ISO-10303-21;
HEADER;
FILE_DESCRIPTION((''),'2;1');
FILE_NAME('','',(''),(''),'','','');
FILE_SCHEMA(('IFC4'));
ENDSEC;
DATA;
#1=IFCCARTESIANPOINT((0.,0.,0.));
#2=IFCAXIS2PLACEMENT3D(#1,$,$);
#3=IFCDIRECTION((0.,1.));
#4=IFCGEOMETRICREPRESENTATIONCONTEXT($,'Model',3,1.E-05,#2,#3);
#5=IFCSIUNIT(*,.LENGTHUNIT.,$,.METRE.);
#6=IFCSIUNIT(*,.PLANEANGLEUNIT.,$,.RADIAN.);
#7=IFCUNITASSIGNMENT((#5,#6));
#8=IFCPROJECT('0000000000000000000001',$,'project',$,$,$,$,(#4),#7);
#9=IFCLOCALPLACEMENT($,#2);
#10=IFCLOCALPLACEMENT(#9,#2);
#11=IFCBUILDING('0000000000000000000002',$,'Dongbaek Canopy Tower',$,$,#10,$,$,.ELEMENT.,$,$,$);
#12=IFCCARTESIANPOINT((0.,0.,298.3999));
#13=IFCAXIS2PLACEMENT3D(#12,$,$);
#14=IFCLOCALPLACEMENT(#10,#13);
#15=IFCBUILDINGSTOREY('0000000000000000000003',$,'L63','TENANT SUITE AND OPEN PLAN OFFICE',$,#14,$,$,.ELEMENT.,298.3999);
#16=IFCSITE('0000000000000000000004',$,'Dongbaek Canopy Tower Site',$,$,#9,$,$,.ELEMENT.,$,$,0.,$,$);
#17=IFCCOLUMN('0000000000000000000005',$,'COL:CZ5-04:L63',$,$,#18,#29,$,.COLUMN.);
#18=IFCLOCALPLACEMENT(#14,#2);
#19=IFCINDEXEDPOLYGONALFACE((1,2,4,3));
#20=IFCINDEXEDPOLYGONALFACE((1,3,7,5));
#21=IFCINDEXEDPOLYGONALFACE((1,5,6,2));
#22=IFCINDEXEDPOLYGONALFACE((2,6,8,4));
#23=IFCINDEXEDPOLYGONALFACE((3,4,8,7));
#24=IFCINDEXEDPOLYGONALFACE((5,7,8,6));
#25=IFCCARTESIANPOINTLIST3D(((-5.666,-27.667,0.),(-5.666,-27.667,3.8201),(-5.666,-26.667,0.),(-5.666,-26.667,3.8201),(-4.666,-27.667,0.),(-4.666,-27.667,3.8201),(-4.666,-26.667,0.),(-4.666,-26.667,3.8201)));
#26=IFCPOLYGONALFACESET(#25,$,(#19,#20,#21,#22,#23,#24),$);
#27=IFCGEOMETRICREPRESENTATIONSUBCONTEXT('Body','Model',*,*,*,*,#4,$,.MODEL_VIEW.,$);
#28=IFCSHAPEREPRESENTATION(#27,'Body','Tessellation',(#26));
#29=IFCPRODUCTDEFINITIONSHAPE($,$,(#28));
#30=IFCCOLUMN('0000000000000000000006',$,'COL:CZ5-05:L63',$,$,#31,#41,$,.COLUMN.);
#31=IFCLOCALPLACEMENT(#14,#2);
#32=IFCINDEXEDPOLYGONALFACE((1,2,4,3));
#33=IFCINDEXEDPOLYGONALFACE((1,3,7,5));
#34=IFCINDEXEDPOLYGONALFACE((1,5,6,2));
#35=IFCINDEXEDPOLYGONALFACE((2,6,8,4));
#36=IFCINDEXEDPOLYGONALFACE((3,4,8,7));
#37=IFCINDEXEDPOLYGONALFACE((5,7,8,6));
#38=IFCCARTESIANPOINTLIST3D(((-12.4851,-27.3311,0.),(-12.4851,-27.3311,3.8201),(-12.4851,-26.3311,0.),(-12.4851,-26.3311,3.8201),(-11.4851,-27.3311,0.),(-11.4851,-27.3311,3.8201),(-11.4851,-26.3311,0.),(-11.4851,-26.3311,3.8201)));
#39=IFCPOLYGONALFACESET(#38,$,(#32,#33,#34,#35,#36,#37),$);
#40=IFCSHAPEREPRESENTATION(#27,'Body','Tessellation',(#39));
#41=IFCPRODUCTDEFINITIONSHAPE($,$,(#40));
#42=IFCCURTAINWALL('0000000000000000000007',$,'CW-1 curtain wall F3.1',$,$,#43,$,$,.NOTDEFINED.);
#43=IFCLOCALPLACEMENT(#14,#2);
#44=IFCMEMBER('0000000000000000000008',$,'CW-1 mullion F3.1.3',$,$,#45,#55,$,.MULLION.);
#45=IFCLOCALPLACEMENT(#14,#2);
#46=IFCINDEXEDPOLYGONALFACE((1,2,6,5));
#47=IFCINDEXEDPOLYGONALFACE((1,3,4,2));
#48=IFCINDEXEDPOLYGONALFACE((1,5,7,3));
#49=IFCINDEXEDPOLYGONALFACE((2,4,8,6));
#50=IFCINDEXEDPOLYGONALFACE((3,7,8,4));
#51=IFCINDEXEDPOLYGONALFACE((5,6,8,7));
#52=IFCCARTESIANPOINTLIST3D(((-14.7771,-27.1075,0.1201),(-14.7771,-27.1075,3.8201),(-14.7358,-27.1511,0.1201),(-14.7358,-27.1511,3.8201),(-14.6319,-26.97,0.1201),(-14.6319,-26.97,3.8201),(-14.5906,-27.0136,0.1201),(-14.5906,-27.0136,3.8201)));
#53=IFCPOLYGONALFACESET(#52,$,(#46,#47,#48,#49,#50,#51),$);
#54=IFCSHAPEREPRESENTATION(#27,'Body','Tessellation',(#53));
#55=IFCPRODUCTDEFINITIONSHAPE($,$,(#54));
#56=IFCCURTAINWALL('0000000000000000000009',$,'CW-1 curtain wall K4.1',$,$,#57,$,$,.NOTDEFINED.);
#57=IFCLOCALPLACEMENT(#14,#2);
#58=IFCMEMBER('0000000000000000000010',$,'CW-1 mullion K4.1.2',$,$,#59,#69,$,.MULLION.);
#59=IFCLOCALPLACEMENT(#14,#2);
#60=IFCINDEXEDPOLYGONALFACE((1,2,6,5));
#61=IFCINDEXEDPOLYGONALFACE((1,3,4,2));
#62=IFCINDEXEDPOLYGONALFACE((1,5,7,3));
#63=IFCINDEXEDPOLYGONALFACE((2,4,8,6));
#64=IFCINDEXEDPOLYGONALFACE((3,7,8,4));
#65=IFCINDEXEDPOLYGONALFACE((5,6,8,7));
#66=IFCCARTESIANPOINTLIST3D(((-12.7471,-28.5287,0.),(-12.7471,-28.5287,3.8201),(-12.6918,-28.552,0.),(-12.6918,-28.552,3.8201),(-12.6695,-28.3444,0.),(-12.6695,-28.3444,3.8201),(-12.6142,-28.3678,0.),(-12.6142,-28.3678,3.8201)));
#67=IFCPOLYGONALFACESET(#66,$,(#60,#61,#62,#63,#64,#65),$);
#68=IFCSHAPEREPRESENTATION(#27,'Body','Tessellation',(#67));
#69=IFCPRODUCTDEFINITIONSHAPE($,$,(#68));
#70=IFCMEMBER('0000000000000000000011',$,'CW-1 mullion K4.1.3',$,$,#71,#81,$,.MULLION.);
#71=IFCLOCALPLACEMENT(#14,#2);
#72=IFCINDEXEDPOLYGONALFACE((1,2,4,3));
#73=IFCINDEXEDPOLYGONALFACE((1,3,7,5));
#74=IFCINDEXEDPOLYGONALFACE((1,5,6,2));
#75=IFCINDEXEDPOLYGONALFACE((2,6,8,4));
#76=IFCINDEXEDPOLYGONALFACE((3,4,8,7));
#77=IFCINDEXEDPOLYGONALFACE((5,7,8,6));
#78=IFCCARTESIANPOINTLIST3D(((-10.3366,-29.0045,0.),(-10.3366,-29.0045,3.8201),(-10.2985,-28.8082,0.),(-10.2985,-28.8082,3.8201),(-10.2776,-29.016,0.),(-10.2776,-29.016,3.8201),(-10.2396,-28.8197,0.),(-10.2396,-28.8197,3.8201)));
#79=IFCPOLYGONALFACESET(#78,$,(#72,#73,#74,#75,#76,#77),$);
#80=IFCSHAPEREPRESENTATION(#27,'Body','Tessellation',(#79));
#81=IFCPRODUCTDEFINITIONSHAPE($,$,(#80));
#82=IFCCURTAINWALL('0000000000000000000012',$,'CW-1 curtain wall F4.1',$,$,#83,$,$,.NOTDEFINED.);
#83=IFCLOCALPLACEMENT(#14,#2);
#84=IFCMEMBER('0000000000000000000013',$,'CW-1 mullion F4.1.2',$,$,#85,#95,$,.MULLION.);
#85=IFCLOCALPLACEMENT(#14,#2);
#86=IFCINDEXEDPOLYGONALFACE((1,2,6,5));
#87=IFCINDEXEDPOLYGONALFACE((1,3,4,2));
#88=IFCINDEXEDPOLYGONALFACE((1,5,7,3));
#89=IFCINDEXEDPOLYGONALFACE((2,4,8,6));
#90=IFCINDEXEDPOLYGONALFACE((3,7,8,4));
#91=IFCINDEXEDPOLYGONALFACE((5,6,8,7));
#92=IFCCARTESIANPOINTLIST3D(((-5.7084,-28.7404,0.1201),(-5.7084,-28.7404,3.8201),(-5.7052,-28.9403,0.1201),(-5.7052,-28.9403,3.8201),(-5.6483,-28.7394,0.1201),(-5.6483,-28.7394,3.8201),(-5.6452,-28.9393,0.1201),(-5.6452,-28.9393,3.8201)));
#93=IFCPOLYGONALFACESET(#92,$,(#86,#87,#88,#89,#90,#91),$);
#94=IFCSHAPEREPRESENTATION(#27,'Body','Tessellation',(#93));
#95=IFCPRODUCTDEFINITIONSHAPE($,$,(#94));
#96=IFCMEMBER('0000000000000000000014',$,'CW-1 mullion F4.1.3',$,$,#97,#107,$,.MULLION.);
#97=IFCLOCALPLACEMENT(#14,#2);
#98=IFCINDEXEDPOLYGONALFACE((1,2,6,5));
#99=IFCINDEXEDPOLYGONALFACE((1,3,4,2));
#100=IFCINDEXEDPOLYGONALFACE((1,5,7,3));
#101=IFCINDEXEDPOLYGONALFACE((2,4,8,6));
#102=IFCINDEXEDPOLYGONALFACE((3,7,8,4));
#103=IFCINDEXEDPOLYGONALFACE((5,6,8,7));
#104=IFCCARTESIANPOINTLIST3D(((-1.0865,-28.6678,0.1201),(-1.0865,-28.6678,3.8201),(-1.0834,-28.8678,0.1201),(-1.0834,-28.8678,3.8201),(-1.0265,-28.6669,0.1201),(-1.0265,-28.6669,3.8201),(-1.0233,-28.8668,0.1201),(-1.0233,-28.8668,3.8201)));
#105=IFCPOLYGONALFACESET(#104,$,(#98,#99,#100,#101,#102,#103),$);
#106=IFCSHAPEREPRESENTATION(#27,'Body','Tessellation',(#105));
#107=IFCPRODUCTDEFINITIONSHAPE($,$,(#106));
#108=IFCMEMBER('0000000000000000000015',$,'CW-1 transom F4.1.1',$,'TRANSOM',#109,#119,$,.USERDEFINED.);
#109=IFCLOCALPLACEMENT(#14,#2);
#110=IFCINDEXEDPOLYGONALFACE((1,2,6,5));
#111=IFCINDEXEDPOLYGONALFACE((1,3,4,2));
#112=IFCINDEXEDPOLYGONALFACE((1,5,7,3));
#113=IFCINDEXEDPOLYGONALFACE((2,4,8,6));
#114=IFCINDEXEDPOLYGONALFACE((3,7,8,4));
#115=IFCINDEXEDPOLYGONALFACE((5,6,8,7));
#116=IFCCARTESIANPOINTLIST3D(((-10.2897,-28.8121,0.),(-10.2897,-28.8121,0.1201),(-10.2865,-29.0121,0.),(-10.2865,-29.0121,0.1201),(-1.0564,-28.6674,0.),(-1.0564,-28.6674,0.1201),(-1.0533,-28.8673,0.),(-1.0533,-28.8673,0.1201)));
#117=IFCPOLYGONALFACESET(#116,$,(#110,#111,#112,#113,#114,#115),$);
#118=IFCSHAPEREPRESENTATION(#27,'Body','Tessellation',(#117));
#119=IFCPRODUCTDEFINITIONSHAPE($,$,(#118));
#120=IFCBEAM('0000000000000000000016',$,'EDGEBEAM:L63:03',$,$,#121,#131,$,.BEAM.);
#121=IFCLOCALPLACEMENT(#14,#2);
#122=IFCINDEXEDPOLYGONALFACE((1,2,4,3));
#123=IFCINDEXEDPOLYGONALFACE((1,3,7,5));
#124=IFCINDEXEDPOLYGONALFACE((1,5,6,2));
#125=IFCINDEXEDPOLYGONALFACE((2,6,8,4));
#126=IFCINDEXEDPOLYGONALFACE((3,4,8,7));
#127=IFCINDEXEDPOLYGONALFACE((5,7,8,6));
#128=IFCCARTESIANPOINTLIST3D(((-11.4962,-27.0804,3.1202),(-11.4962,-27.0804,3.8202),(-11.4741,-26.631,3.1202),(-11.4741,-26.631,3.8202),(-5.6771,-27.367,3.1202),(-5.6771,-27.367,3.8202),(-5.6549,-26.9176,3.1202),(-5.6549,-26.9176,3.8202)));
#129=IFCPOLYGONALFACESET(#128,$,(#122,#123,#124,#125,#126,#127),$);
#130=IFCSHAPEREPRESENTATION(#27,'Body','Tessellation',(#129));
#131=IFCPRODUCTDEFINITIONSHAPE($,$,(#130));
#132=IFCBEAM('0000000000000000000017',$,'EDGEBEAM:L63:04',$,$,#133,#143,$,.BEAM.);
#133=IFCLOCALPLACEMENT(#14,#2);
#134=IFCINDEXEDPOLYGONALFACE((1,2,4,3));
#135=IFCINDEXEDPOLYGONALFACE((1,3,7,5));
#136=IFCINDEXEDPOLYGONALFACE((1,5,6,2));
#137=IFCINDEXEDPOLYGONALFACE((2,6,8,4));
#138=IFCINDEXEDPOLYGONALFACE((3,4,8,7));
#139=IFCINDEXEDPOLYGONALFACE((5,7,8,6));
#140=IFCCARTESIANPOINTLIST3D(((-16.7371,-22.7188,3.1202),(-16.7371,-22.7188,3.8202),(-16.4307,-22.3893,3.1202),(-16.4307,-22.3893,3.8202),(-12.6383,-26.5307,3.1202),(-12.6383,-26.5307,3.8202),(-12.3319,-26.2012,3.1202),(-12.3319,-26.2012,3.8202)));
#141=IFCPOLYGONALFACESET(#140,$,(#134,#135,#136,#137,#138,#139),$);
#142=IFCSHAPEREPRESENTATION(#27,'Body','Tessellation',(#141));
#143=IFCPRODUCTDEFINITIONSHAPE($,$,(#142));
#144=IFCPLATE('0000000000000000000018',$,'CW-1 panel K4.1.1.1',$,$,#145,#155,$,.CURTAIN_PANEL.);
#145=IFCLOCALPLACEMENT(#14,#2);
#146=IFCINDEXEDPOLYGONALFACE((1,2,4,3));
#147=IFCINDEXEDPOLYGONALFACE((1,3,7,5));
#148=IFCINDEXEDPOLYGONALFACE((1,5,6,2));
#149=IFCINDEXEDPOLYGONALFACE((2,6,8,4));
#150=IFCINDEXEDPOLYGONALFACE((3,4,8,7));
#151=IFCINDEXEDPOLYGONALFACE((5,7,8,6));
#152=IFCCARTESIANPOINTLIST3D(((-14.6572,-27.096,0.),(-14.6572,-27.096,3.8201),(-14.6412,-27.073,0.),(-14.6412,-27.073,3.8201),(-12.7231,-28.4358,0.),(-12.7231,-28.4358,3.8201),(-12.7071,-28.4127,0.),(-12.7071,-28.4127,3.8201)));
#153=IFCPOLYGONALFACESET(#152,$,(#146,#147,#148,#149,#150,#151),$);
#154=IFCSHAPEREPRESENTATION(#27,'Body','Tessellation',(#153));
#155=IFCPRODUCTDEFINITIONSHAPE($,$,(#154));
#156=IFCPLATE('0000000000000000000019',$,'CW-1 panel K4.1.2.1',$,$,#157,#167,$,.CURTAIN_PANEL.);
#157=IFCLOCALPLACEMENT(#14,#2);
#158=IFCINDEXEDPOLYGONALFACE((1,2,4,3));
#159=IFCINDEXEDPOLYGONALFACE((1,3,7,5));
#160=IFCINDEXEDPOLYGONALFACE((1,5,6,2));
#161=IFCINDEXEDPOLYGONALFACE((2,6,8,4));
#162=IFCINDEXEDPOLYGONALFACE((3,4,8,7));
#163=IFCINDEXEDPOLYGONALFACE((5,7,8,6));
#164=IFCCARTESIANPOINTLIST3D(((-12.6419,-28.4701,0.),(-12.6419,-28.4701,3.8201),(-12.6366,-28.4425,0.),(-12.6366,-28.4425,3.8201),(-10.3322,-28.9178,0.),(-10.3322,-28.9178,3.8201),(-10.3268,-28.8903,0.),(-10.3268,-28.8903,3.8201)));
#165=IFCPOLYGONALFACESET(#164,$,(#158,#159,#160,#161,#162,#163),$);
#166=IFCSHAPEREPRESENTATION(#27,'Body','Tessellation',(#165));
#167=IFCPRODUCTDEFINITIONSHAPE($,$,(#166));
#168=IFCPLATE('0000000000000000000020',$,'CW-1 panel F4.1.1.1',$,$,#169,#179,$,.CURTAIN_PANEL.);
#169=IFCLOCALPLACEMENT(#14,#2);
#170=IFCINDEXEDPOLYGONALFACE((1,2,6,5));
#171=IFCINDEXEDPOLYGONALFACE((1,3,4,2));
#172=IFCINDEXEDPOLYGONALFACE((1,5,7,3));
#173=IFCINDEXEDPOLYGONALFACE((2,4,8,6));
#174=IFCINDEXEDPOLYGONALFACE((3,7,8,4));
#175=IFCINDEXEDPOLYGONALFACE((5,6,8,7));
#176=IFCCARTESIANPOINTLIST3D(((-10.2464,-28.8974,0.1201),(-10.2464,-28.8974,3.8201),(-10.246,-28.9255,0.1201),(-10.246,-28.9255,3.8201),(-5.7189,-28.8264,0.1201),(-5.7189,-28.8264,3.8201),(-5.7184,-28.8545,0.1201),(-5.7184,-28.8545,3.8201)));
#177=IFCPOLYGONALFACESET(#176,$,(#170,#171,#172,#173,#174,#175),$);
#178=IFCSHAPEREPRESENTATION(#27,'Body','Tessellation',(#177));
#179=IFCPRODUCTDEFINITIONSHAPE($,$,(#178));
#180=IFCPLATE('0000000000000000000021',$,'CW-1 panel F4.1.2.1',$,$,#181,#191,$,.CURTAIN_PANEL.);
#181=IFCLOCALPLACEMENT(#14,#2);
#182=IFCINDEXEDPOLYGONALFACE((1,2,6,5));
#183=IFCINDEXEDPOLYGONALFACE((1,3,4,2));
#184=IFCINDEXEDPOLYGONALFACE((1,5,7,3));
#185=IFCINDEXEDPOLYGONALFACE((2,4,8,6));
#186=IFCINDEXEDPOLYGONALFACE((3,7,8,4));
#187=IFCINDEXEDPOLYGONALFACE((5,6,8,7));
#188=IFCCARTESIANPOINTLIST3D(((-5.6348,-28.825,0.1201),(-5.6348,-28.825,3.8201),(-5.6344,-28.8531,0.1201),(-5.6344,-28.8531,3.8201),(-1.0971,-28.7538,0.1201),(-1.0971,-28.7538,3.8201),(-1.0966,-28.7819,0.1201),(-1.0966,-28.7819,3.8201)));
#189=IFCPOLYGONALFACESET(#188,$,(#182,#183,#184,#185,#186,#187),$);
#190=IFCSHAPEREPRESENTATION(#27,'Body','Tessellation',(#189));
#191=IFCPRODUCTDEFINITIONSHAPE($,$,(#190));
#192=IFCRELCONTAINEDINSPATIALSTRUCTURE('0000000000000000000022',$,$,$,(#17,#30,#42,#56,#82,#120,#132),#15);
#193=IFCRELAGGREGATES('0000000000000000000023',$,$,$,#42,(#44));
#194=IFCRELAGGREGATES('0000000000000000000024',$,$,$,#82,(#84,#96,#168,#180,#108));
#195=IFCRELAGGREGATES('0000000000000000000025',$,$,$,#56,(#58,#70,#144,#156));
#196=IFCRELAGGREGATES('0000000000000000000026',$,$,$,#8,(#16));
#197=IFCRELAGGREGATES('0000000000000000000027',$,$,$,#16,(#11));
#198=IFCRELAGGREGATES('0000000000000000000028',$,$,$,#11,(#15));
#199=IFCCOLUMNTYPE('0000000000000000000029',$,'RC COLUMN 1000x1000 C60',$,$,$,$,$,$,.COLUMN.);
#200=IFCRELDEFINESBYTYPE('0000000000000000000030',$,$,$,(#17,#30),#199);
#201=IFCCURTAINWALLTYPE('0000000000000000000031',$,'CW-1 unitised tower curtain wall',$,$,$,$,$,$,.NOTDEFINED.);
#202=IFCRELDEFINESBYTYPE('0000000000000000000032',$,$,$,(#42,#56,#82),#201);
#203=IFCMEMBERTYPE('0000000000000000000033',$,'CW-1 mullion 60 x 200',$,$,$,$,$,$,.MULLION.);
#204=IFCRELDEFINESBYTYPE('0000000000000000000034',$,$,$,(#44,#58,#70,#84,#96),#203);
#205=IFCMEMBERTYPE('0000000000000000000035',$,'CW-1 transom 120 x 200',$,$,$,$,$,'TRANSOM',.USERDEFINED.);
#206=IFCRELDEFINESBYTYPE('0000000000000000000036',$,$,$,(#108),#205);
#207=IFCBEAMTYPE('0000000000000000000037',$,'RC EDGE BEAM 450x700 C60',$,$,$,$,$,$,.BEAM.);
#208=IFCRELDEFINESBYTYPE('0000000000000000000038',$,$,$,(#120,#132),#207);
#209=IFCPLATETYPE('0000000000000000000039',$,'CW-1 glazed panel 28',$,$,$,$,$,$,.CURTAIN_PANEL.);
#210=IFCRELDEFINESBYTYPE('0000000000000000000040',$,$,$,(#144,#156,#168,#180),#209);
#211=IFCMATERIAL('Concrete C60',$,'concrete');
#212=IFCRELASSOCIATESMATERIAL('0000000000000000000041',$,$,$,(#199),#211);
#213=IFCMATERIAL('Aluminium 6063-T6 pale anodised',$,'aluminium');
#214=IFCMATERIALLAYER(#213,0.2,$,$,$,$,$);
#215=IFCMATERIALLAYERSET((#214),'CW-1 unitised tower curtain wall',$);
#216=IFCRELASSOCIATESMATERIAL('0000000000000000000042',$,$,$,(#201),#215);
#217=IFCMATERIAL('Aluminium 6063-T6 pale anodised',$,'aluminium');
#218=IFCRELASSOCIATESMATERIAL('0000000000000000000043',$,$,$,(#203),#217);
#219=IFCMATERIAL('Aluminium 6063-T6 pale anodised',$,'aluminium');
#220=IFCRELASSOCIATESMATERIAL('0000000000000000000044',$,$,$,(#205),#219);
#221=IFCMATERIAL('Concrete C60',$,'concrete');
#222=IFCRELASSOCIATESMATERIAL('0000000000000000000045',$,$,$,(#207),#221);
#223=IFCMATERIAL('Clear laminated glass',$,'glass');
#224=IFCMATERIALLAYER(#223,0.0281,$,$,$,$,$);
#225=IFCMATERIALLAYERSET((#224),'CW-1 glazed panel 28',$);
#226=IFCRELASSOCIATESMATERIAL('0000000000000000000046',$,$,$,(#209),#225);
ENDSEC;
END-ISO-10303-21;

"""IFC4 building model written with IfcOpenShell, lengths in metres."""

from ifc_helpers import new_model, si_unit, direction, frame, origin, origin_2d, place, context, subcontext, project, spatial, rectangle, extrude, material, layer, layer_set, material_profile, profile_set, type_object, element, aggregate, save


model = new_model("IFC4")

# Units and contexts
model_context = context("Model", 3, precision=1e-05, world=origin(), true_north=direction((0.0, 1.0)))
body_context = subcontext(model_context, "Body", "Model", "MODEL_VIEW")
ifc_project = project(units=[si_unit("LENGTHUNIT", "METRE"), si_unit("PLANEANGLEUNIT", "RADIAN")], contexts=[model_context])

# Site, building, storey
site_placement = place(None, origin())
site = spatial("IfcSite", under=ifc_project, at=site_placement, Name="Dongbaek Canopy Tower Site", CompositionType="ELEMENT", RefElevation=0.0)
building_placement = place(site_placement, origin())
building = spatial("IfcBuilding", under=site, at=building_placement, Name="Dongbaek Canopy Tower", CompositionType="ELEMENT")
storey_placement = place(building_placement, frame((0.0, 0.0, 298.3999)))
storey = spatial("IfcBuildingStorey", under=building, at=storey_placement, Name="L63", Description="TENANT SUITE AND OPEN PLAN OFFICE", CompositionType="ELEMENT", Elevation=298.3999)

# Columns
ifc_material_1 = material(Name="Concrete C60", Category="concrete")
ifc_material_profile_1 = material_profile(ifc_material_1, rectangle(XDim=1.0, YDim=1.0, at=origin_2d()), Name="RC COLUMN 1000x1000 C60")
ifc_profile_set_1 = profile_set([ifc_material_profile_1], Name="Concrete C60")
column_type = type_object("IfcColumnType", Name="RC COLUMN 1000x1000 C60", PredefinedType="COLUMN", material=ifc_profile_set_1)
for number, where, z_axis, x_axis, name in (
    (1, (-5.166, -27.167, 0.0), (0.0, 0.0, 1.0), (1.0, 0.0, 0.0), "COL:CZ5-04:L63"),
    (2, (-11.9851, -26.8311, 0.0), (0.0, 0.0, 1.0), (1.0, 0.0, 0.0), "COL:CZ5-05:L63"),
):
    element("IfcColumn", number, at=place(storey_placement, frame(where, z_axis=z_axis, x_axis=x_axis)), inside=storey, type_object=column_type, Name=name, PredefinedType="COLUMN", context=body_context, shape_type="SweptSolid", body=[
        extrude(rectangle(XDim=1.0, YDim=1.0, at=origin_2d()), origin(), (0.0, 0.0, 1.0), 3.8201),
    ])

# Curtain wall, member
ifc_material_2 = material(Name="Aluminium 6063-T6 pale anodised", Category="aluminium")
ifc_layer_1 = layer(ifc_material_2, 0.2)
ifc_layer_set_1 = layer_set([ifc_layer_1], Name="CW-1 unitised tower curtain wall")
curtain_wall_type = type_object("IfcCurtainWallType", Name="CW-1 unitised tower curtain wall", PredefinedType="NOTDEFINED", material=ifc_layer_set_1)
curtain_wall_1_placement = place(storey_placement, origin())
curtain_wall_1 = element("IfcCurtainWall", 3, at=curtain_wall_1_placement, inside=storey, type_object=curtain_wall_type, Name="CW-1 curtain wall F3.1", PredefinedType="NOTDEFINED")
ifc_material_3 = material(Name="Aluminium 6063-T6 pale anodised", Category="aluminium")
ifc_material_profile_2 = material_profile(ifc_material_3, rectangle(XDim=0.2, YDim=0.0601, at=origin_2d()), Name="CW-1 mullion 60 x 200")
ifc_profile_set_2 = profile_set([ifc_material_profile_2], Name="Aluminium 6063-T6 pale anodised")
member_type_1 = type_object("IfcMemberType", Name="CW-1 mullion 60 x 200", PredefinedType="MULLION", material=ifc_profile_set_2)
member_1_placement = place(storey_placement, frame((-14.6838, -27.0605, 0.1201), z_axis=(0.0, 0.0, 1.0), x_axis=(-0.726355, -0.68732, 0.0)))
member_1 = element("IfcMember", 4, at=member_1_placement, type_object=member_type_1, Name="CW-1 mullion F3.1.3", PredefinedType="MULLION", context=body_context, shape_type="SweptSolid", body=[
    extrude(rectangle(XDim=0.2, YDim=0.0601, at=origin_2d()), origin(), (0.0, 0.0, 1.0), 3.7),
])
aggregate(curtain_wall_1, [member_1])

# Curtain walls, members
curtain_wall_2_placement = place(storey_placement, origin())
curtain_wall_2 = element("IfcCurtainWall", 5, at=curtain_wall_2_placement, inside=storey, type_object=curtain_wall_type, Name="CW-1 curtain wall K4.1", PredefinedType="NOTDEFINED")
member_2_placement = place(storey_placement, frame((-12.6807, -28.4482, 0.0), z_axis=(0.0, 0.0, 1.0), x_axis=(-0.388183, -0.921582, 0.0)))
member_2 = element("IfcMember", 6, at=member_2_placement, type_object=member_type_1, Name="CW-1 mullion K4.1.2", PredefinedType="MULLION", context=body_context, shape_type="SweptSolid", body=[
    extrude(rectangle(XDim=0.2, YDim=0.0601, at=origin_2d()), origin(), (0.0, 0.0, 1.0), 3.8201),
])
member_3_placement = place(storey_placement, frame((-10.2881, -28.9121, 0.0), z_axis=(0.0, 0.0, 1.0), x_axis=(-0.190319, -0.981722, 0.0)))
member_3 = element("IfcMember", 7, at=member_3_placement, type_object=member_type_1, Name="CW-1 mullion K4.1.3", PredefinedType="MULLION", context=body_context, shape_type="SweptSolid", body=[
    extrude(rectangle(XDim=0.2, YDim=0.0601, at=origin_2d()), origin(), (0.0, 0.0, 1.0), 3.8201),
])
curtain_wall_3_placement = place(storey_placement, origin())
curtain_wall_3 = element("IfcCurtainWall", 8, at=curtain_wall_3_placement, inside=storey, type_object=curtain_wall_type, Name="CW-1 curtain wall F4.1", PredefinedType="NOTDEFINED")
member_4_placement = place(storey_placement, frame((-5.6768, -28.8398, 0.1201), z_axis=(0.0, 0.0, 1.0), x_axis=(0.015684, -0.999877, 0.0)))
member_4 = element("IfcMember", 9, at=member_4_placement, type_object=member_type_1, Name="CW-1 mullion F4.1.2", PredefinedType="MULLION", context=body_context, shape_type="SweptSolid", body=[
    extrude(rectangle(XDim=0.2, YDim=0.0601, at=origin_2d()), origin(), (0.0, 0.0, 1.0), 3.7),
])
member_5_placement = place(storey_placement, frame((-1.0549, -28.7673, 0.1201), z_axis=(0.0, 0.0, 1.0), x_axis=(0.015684, -0.999877, 0.0)))
member_5 = element("IfcMember", 10, at=member_5_placement, type_object=member_type_1, Name="CW-1 mullion F4.1.3", PredefinedType="MULLION", context=body_context, shape_type="SweptSolid", body=[
    extrude(rectangle(XDim=0.2, YDim=0.0601, at=origin_2d()), origin(), (0.0, 0.0, 1.0), 3.7),
])
ifc_material_4 = material(Name="Aluminium 6063-T6 pale anodised", Category="aluminium")
ifc_material_profile_3 = material_profile(ifc_material_4, rectangle(XDim=0.2, YDim=0.1201, at=origin_2d()), Name="CW-1 transom 120 x 200")
ifc_profile_set_3 = profile_set([ifc_material_profile_3], Name="Aluminium 6063-T6 pale anodised")
member_type_2 = type_object("IfcMemberType", Name="CW-1 transom 120 x 200", ElementType="TRANSOM", PredefinedType="USERDEFINED", material=ifc_profile_set_3)
member_6_placement = place(storey_placement, frame((-10.2881, -28.9121, 0.0601), z_axis=(0.999877, 0.015678, 0.0), x_axis=(-0.015678, 0.999877, 0.0)))
member_6 = element("IfcMember", 11, at=member_6_placement, type_object=member_type_2, Name="CW-1 transom F4.1.1", ObjectType="TRANSOM", PredefinedType="USERDEFINED", context=body_context, shape_type="SweptSolid", body=[
    extrude(rectangle(XDim=0.2, YDim=0.1201, at=origin_2d()), origin(), (0.0, 0.0, 1.0), 9.2344),
])

# Beams
ifc_material_5 = material(Name="Concrete C60", Category="concrete")
ifc_material_profile_4 = material_profile(ifc_material_5, rectangle(XDim=0.45, YDim=0.7, at=origin_2d()), Name="RC EDGE BEAM 450x700 C60")
ifc_profile_set_4 = profile_set([ifc_material_profile_4], Name="Concrete C60")
beam_type = type_object("IfcBeamType", Name="RC EDGE BEAM 450x700 C60", PredefinedType="BEAM", material=ifc_profile_set_4)
beam_1_placement = place(storey_placement, frame((-5.666, -27.1423, 3.4702), z_axis=(-0.998789, 0.049196, 0.0), x_axis=(-0.049196, -0.998789, 0.0)))
element("IfcBeam", 12, at=beam_1_placement, inside=storey, type_object=beam_type, Name="EDGEBEAM:L63:03", PredefinedType="BEAM", context=body_context, shape_type="SweptSolid", body=[
    extrude(rectangle(XDim=0.45, YDim=0.7, at=origin_2d()), origin(), (0.0, 0.0, 1.0), 5.8262),
])
beam_2_placement = place(storey_placement, frame((-12.4851, -26.366, 3.4702), z_axis=(-0.732267, 0.681018, 0.0), x_axis=(-0.681018, -0.732267, 0.0)))
element("IfcBeam", 13, at=beam_2_placement, inside=storey, type_object=beam_type, Name="EDGEBEAM:L63:04", PredefinedType="BEAM", context=body_context, shape_type="SweptSolid", body=[
    extrude(rectangle(XDim=0.45, YDim=0.7, at=origin_2d()), origin(), (0.0, 0.0, 1.0), 5.5974),
])

# Plates
ifc_material_6 = material(Name="Clear laminated glass", Category="glass")
ifc_layer_2 = layer(ifc_material_6, 0.0281)
ifc_layer_set_2 = layer_set([ifc_layer_2], Name="CW-1 glazed panel 28")
plate_type = type_object("IfcPlateType", Name="CW-1 glazed panel 28", PredefinedType="CURTAIN_PANEL", material=ifc_layer_set_2)
plate_1_placement = place(storey_placement, frame((-13.6821, -27.7544, 0.0), z_axis=(0.0, 0.0, 1.0), x_axis=(0.822029, -0.569446, 0.0)))
plate_1 = element("IfcPlate", 14, at=plate_1_placement, type_object=plate_type, Name="CW-1 panel K4.1.1.1", PredefinedType="CURTAIN_PANEL", context=body_context, shape_type="SweptSolid", body=[
    extrude(rectangle(XDim=2.3528, YDim=0.0281, at=origin_2d()), origin(), (0.0, 0.0, 1.0), 3.8201),
])
plate_2_placement = place(storey_placement, frame((-11.4844, -28.6802, 0.0), z_axis=(0.0, 0.0, 1.0), x_axis=(0.981722, -0.190319, 0.0)))
plate_2 = element("IfcPlate", 15, at=plate_2_placement, type_object=plate_type, Name="CW-1 panel K4.1.2.1", PredefinedType="CURTAIN_PANEL", context=body_context, shape_type="SweptSolid", body=[
    extrude(rectangle(XDim=2.3528, YDim=0.0281, at=origin_2d()), origin(), (0.0, 0.0, 1.0), 3.8201),
])
plate_3_placement = place(storey_placement, frame((-7.9824, -28.876, 0.1201), z_axis=(0.0, 0.0, 1.0), x_axis=(0.999877, 0.015684, 0.0)))
plate_3 = element("IfcPlate", 16, at=plate_3_placement, type_object=plate_type, Name="CW-1 panel F4.1.1.1", PredefinedType="CURTAIN_PANEL", context=body_context, shape_type="SweptSolid", body=[
    extrude(rectangle(XDim=4.5281, YDim=0.0281, at=origin_2d()), origin(), (0.0, 0.0, 1.0), 3.7),
])
plate_4_placement = place(storey_placement, frame((-3.3657, -28.8035, 0.1201), z_axis=(0.0, 0.0, 1.0), x_axis=(0.999877, 0.015684, 0.0)))
plate_4 = element("IfcPlate", 17, at=plate_4_placement, type_object=plate_type, Name="CW-1 panel F4.1.2.1", PredefinedType="CURTAIN_PANEL", context=body_context, shape_type="SweptSolid", body=[
    extrude(rectangle(XDim=4.5383, YDim=0.0281, at=origin_2d()), origin(), (0.0, 0.0, 1.0), 3.7),
])

aggregate(curtain_wall_3, [member_4, member_5, plate_3, plate_4, member_6])
aggregate(curtain_wall_2, [member_2, member_3, plate_1, plate_2])

save(model, "model.ifc")
